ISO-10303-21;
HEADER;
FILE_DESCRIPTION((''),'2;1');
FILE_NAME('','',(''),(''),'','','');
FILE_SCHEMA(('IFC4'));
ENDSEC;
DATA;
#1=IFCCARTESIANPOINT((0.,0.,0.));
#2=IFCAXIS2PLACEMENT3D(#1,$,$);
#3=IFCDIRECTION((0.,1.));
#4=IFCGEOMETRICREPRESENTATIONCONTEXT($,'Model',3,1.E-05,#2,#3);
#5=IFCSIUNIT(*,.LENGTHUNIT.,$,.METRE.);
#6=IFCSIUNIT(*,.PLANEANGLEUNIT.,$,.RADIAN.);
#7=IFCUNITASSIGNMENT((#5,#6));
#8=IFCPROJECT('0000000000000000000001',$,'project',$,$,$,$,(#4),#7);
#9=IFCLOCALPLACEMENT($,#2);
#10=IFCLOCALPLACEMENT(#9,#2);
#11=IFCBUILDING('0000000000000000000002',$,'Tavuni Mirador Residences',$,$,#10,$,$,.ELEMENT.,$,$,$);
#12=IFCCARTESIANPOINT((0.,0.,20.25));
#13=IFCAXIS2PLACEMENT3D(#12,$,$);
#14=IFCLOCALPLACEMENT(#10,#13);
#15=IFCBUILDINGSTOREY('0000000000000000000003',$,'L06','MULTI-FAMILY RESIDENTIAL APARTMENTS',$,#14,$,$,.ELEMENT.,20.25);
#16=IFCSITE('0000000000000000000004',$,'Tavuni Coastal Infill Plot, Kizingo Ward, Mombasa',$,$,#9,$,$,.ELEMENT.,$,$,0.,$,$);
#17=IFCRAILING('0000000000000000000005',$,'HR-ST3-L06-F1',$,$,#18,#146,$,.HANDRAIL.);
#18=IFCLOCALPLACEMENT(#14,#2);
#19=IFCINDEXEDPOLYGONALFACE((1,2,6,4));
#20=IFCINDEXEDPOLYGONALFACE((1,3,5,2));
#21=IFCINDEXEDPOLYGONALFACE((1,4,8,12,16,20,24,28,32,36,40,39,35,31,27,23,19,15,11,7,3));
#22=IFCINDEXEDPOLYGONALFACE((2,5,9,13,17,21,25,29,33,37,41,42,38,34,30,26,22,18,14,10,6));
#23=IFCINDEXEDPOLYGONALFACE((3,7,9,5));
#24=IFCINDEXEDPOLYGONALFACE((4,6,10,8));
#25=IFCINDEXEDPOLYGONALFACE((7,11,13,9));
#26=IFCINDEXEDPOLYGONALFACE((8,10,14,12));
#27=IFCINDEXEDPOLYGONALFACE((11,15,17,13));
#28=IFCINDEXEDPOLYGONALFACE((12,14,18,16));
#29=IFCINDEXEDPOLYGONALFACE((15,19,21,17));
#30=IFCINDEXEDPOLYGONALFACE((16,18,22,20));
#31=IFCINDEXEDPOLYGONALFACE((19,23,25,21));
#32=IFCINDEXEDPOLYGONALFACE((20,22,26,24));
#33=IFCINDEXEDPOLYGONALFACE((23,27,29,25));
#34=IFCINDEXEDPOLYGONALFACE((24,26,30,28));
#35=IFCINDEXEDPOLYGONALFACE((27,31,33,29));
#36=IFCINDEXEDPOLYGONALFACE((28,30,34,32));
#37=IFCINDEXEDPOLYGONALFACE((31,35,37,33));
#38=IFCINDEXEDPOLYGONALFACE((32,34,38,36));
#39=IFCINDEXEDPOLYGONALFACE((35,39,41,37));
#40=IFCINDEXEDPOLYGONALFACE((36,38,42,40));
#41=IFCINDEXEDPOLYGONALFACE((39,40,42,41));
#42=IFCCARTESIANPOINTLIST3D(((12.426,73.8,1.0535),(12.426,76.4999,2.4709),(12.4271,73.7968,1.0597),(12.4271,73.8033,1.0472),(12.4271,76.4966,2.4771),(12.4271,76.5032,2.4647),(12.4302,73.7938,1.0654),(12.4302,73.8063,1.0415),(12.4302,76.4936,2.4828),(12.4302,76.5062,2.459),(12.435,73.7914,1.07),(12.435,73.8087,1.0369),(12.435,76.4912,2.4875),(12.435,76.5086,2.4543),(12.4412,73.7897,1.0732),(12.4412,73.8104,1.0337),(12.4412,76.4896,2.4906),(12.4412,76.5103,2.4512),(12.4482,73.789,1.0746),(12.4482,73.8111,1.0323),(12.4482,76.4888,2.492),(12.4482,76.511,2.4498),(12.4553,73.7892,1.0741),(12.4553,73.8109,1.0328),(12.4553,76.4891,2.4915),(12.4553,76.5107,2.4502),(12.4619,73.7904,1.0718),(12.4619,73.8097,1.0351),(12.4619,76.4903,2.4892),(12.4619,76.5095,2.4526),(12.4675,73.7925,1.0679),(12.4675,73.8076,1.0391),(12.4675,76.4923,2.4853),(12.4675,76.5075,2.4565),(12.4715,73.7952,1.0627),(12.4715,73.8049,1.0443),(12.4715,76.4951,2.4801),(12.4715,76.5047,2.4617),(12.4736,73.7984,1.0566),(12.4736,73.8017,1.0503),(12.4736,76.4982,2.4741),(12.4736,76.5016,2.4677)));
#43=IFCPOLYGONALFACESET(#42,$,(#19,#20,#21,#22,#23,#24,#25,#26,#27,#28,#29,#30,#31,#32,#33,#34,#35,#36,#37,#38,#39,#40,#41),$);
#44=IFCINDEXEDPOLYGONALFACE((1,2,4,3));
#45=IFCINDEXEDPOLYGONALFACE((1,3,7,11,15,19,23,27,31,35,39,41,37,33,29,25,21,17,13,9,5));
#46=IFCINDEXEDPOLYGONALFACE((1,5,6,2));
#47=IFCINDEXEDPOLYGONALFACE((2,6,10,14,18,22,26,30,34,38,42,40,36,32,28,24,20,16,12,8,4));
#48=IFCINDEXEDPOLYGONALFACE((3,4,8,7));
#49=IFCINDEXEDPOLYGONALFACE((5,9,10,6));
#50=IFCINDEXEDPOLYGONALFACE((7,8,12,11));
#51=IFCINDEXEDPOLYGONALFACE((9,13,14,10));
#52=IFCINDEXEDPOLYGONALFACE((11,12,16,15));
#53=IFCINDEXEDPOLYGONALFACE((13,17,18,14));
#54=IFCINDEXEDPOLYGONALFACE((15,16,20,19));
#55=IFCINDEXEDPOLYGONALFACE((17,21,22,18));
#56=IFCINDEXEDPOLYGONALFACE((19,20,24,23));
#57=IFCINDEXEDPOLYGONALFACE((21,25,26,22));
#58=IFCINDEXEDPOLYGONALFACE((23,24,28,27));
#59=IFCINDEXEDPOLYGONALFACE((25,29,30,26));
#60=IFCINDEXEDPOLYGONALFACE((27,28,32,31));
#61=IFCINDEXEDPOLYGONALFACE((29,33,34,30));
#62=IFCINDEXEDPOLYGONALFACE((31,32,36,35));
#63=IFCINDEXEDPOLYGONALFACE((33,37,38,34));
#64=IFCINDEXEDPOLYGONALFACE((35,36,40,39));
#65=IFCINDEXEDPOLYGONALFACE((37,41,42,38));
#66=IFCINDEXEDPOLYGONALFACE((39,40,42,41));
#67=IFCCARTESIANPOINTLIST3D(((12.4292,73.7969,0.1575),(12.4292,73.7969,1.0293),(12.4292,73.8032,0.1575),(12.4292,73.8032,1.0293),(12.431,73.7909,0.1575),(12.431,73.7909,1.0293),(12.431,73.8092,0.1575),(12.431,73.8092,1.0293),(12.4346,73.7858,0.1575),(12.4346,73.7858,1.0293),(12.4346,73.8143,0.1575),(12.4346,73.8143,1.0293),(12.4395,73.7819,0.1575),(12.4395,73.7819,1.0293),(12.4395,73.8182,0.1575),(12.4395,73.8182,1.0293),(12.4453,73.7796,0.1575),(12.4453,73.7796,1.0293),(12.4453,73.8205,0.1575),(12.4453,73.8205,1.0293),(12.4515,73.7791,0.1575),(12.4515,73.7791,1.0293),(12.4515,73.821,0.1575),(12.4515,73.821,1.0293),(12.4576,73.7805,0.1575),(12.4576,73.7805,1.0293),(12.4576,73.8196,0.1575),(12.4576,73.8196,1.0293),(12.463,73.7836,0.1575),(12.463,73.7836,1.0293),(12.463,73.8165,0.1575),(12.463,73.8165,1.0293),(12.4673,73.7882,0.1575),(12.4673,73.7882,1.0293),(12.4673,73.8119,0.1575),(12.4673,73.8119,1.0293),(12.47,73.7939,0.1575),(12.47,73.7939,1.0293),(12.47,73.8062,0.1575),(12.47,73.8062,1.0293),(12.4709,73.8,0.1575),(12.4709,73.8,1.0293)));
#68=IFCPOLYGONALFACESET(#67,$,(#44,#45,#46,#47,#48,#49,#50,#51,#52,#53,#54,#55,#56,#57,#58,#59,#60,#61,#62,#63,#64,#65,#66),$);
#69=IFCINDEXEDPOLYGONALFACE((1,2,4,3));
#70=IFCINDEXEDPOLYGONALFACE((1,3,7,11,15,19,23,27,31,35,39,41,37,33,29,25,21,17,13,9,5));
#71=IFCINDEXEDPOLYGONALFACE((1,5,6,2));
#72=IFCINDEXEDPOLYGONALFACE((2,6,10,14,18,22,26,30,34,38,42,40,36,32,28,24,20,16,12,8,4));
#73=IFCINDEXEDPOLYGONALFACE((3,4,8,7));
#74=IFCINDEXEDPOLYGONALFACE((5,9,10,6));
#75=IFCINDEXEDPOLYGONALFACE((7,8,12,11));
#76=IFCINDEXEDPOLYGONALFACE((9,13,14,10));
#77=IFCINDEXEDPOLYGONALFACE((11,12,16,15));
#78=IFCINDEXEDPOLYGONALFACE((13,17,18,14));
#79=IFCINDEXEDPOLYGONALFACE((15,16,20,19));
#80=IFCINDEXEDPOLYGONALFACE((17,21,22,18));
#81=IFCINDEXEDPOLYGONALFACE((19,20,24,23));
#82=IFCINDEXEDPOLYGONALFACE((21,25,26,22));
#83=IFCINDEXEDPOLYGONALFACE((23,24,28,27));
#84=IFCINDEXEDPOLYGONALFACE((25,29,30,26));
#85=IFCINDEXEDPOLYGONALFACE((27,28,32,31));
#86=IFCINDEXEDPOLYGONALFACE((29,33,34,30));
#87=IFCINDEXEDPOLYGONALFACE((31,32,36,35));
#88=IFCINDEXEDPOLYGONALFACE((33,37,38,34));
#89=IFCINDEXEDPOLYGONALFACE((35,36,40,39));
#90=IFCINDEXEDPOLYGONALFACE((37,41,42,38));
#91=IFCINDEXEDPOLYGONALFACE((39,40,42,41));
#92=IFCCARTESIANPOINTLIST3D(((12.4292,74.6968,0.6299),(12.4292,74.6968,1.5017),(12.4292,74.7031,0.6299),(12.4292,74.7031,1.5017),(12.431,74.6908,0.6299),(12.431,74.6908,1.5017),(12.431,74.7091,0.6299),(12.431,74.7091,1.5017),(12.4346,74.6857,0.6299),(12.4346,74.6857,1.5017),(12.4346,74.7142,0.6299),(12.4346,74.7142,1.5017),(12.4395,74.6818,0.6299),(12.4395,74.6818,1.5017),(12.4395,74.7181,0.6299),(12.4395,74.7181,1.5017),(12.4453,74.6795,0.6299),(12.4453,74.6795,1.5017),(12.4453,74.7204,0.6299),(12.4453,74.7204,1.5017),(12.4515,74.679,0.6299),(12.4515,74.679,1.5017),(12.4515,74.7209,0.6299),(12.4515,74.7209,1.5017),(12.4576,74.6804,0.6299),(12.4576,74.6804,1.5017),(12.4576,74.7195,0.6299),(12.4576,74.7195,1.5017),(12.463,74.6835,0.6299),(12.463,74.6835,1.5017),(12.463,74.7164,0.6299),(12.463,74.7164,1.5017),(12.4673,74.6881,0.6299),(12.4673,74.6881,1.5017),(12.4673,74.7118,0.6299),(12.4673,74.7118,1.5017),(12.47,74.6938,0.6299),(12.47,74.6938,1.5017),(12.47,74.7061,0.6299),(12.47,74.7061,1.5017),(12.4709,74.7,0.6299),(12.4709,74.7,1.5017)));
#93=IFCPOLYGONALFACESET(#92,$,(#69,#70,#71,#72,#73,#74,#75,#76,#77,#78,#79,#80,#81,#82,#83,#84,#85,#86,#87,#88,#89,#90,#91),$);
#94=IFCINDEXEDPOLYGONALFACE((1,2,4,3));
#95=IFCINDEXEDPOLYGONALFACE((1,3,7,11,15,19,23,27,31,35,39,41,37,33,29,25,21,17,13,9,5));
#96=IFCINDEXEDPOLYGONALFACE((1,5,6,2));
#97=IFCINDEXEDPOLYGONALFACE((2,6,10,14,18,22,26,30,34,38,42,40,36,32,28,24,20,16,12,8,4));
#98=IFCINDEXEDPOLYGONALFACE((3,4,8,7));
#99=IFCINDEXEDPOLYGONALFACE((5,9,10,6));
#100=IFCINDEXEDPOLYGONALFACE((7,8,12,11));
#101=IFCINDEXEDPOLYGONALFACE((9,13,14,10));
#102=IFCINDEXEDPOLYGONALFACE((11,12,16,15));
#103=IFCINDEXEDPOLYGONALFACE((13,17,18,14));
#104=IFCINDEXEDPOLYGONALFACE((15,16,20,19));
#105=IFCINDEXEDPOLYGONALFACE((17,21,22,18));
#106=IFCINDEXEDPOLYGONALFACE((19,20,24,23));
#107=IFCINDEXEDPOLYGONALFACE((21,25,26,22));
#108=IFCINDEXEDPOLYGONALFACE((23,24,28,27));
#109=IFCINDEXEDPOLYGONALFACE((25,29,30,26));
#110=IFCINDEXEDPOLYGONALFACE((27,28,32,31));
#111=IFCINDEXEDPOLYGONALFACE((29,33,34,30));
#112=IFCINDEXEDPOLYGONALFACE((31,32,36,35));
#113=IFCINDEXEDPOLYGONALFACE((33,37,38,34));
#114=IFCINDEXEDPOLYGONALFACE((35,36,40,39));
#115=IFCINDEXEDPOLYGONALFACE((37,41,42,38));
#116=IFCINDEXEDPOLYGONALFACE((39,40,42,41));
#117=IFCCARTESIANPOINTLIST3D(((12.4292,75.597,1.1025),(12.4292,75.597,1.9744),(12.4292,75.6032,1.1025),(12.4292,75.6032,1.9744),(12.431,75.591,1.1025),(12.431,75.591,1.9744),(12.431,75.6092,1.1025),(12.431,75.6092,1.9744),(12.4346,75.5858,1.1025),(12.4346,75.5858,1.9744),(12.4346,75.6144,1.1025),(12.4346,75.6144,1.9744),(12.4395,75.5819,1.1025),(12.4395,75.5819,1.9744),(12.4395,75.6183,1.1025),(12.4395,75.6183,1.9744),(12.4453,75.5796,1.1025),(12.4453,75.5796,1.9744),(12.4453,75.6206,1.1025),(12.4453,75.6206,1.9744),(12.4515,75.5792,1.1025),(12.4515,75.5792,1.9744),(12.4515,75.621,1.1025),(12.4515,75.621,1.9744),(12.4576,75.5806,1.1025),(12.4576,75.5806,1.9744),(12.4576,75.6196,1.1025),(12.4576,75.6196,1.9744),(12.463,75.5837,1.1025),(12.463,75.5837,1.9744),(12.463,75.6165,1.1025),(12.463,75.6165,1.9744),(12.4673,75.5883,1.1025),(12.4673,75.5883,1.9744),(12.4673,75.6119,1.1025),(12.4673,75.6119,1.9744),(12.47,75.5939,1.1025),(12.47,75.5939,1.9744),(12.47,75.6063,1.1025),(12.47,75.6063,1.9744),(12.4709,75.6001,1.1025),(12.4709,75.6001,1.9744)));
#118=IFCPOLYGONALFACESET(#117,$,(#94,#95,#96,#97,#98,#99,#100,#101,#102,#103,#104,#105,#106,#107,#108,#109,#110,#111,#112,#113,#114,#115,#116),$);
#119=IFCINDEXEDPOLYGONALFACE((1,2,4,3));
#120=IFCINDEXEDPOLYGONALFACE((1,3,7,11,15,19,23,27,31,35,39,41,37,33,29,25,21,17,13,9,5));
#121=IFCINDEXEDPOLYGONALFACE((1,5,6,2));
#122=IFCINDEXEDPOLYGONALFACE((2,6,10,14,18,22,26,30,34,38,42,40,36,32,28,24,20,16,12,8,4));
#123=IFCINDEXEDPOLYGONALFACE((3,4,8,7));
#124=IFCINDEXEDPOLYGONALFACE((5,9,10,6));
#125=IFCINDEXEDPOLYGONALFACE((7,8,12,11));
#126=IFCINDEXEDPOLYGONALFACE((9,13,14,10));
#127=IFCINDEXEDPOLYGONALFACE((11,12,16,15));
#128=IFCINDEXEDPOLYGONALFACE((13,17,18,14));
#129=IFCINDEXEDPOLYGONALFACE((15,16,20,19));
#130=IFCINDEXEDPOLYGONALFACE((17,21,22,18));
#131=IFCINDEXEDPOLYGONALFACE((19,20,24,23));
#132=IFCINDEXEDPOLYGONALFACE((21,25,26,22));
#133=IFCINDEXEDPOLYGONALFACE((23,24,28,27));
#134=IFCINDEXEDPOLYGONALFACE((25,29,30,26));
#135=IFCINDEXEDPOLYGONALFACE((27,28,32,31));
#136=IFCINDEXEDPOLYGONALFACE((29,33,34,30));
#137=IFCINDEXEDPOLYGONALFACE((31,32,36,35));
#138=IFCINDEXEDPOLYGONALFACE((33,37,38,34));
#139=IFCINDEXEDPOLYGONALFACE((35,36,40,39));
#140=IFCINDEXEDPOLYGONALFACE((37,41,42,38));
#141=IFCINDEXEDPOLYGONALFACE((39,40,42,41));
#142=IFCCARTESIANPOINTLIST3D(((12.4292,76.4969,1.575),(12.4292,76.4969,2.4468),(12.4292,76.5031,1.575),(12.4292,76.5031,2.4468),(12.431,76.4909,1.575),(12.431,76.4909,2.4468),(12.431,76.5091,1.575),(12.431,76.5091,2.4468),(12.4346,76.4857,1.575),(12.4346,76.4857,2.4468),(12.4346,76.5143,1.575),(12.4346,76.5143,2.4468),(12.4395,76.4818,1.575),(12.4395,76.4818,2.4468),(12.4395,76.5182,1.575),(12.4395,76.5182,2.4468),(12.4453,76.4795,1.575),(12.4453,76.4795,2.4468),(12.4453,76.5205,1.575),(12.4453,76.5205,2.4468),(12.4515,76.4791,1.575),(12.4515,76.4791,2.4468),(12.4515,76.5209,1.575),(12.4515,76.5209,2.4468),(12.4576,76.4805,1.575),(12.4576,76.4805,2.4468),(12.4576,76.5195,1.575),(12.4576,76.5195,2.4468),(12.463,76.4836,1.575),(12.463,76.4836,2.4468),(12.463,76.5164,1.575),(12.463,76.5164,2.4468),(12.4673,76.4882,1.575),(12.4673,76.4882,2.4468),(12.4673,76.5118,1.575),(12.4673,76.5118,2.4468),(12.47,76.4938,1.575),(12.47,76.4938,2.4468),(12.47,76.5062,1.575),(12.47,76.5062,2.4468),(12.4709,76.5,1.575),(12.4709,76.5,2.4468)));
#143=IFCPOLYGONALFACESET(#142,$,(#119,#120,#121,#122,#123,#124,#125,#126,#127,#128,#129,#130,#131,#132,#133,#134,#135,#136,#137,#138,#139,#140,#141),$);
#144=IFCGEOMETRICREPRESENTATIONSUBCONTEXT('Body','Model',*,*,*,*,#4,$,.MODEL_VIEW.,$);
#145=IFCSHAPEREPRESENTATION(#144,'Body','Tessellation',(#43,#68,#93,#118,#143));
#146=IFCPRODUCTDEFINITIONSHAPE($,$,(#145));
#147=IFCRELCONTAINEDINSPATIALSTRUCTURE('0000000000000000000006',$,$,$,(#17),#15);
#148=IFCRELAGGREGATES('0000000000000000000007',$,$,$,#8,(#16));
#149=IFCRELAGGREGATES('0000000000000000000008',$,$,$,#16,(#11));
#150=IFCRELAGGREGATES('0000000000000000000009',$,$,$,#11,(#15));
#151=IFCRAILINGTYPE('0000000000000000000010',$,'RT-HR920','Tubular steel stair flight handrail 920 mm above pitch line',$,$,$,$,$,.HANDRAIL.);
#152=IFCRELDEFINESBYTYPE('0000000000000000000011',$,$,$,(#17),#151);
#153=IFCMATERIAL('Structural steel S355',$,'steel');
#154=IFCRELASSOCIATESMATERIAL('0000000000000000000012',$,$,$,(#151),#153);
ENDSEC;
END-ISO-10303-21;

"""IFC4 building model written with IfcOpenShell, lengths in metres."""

from ifc_helpers import new_model, si_unit, direction, frame, origin, origin_2d, place, context, subcontext, project, spatial, circle, extrude, material, type_object, element, save


model = new_model("IFC4")

# Units and contexts
model_context = context("Model", 3, precision=1e-05, world=origin(), true_north=direction((0.0, 1.0)))
body_context = subcontext(model_context, "Body", "Model", "MODEL_VIEW")
ifc_project = project(units=[si_unit("LENGTHUNIT", "METRE"), si_unit("PLANEANGLEUNIT", "RADIAN")], contexts=[model_context])

# Site, building, storey
site_placement = place(None, origin())
site = spatial("IfcSite", under=ifc_project, at=site_placement, Name="Tavuni Coastal Infill Plot, Kizingo Ward, Mombasa", CompositionType="ELEMENT", RefElevation=0.0)
building_placement = place(site_placement, origin())
building = spatial("IfcBuilding", under=site, at=building_placement, Name="Tavuni Mirador Residences", CompositionType="ELEMENT")
storey_placement = place(building_placement, frame((0.0, 0.0, 20.25)))
storey = spatial("IfcBuildingStorey", under=building, at=storey_placement, Name="L06", Description="MULTI-FAMILY RESIDENTIAL APARTMENTS", CompositionType="ELEMENT", Elevation=20.25)

# Shared definitions
ifc_material_1 = material(Name="Structural steel S355", Category="steel")

# Railing
railing_type_1 = type_object("IfcRailingType", Name="RT-HR920", Description="Tubular steel stair flight handrail 920 mm above pitch line", PredefinedType="HANDRAIL", material=ifc_material_1)
railing_1_placement = place(storey_placement, frame((12.45, 73.8, 0.1575)))
element("IfcRailing", 1, at=railing_1_placement, inside=storey, type_object=railing_type_1, Name="HR-ST3-L06-F1", PredefinedType="HANDRAIL", context=body_context, shape_type="SweptSolid", body=[
    extrude(circle(Radius=0.0239, at=origin_2d()), frame((0.0, 0.0, 0.896), z_axis=(0.0, 0.885397, 0.464835), x_axis=(-1.0, 0.0, 0.0)), (0.0, 0.0, 1.0), 3.0493),
    extrude(circle(Radius=0.021, at=origin_2d()), origin(), (0.0, 0.0, 1.0), 0.8718),
    extrude(circle(Radius=0.021, at=origin_2d()), frame((0.0, 0.8999, 0.4724)), (0.0, 0.0, 1.0), 0.8718),
    extrude(circle(Radius=0.021, at=origin_2d()), frame((0.0, 1.8, 0.9451)), (0.0, 0.0, 1.0), 0.8718),
    extrude(circle(Radius=0.021, at=origin_2d()), frame((0.0, 2.7, 1.4175)), (0.0, 0.0, 1.0), 0.8718),
])

save(model, "model.ifc")
